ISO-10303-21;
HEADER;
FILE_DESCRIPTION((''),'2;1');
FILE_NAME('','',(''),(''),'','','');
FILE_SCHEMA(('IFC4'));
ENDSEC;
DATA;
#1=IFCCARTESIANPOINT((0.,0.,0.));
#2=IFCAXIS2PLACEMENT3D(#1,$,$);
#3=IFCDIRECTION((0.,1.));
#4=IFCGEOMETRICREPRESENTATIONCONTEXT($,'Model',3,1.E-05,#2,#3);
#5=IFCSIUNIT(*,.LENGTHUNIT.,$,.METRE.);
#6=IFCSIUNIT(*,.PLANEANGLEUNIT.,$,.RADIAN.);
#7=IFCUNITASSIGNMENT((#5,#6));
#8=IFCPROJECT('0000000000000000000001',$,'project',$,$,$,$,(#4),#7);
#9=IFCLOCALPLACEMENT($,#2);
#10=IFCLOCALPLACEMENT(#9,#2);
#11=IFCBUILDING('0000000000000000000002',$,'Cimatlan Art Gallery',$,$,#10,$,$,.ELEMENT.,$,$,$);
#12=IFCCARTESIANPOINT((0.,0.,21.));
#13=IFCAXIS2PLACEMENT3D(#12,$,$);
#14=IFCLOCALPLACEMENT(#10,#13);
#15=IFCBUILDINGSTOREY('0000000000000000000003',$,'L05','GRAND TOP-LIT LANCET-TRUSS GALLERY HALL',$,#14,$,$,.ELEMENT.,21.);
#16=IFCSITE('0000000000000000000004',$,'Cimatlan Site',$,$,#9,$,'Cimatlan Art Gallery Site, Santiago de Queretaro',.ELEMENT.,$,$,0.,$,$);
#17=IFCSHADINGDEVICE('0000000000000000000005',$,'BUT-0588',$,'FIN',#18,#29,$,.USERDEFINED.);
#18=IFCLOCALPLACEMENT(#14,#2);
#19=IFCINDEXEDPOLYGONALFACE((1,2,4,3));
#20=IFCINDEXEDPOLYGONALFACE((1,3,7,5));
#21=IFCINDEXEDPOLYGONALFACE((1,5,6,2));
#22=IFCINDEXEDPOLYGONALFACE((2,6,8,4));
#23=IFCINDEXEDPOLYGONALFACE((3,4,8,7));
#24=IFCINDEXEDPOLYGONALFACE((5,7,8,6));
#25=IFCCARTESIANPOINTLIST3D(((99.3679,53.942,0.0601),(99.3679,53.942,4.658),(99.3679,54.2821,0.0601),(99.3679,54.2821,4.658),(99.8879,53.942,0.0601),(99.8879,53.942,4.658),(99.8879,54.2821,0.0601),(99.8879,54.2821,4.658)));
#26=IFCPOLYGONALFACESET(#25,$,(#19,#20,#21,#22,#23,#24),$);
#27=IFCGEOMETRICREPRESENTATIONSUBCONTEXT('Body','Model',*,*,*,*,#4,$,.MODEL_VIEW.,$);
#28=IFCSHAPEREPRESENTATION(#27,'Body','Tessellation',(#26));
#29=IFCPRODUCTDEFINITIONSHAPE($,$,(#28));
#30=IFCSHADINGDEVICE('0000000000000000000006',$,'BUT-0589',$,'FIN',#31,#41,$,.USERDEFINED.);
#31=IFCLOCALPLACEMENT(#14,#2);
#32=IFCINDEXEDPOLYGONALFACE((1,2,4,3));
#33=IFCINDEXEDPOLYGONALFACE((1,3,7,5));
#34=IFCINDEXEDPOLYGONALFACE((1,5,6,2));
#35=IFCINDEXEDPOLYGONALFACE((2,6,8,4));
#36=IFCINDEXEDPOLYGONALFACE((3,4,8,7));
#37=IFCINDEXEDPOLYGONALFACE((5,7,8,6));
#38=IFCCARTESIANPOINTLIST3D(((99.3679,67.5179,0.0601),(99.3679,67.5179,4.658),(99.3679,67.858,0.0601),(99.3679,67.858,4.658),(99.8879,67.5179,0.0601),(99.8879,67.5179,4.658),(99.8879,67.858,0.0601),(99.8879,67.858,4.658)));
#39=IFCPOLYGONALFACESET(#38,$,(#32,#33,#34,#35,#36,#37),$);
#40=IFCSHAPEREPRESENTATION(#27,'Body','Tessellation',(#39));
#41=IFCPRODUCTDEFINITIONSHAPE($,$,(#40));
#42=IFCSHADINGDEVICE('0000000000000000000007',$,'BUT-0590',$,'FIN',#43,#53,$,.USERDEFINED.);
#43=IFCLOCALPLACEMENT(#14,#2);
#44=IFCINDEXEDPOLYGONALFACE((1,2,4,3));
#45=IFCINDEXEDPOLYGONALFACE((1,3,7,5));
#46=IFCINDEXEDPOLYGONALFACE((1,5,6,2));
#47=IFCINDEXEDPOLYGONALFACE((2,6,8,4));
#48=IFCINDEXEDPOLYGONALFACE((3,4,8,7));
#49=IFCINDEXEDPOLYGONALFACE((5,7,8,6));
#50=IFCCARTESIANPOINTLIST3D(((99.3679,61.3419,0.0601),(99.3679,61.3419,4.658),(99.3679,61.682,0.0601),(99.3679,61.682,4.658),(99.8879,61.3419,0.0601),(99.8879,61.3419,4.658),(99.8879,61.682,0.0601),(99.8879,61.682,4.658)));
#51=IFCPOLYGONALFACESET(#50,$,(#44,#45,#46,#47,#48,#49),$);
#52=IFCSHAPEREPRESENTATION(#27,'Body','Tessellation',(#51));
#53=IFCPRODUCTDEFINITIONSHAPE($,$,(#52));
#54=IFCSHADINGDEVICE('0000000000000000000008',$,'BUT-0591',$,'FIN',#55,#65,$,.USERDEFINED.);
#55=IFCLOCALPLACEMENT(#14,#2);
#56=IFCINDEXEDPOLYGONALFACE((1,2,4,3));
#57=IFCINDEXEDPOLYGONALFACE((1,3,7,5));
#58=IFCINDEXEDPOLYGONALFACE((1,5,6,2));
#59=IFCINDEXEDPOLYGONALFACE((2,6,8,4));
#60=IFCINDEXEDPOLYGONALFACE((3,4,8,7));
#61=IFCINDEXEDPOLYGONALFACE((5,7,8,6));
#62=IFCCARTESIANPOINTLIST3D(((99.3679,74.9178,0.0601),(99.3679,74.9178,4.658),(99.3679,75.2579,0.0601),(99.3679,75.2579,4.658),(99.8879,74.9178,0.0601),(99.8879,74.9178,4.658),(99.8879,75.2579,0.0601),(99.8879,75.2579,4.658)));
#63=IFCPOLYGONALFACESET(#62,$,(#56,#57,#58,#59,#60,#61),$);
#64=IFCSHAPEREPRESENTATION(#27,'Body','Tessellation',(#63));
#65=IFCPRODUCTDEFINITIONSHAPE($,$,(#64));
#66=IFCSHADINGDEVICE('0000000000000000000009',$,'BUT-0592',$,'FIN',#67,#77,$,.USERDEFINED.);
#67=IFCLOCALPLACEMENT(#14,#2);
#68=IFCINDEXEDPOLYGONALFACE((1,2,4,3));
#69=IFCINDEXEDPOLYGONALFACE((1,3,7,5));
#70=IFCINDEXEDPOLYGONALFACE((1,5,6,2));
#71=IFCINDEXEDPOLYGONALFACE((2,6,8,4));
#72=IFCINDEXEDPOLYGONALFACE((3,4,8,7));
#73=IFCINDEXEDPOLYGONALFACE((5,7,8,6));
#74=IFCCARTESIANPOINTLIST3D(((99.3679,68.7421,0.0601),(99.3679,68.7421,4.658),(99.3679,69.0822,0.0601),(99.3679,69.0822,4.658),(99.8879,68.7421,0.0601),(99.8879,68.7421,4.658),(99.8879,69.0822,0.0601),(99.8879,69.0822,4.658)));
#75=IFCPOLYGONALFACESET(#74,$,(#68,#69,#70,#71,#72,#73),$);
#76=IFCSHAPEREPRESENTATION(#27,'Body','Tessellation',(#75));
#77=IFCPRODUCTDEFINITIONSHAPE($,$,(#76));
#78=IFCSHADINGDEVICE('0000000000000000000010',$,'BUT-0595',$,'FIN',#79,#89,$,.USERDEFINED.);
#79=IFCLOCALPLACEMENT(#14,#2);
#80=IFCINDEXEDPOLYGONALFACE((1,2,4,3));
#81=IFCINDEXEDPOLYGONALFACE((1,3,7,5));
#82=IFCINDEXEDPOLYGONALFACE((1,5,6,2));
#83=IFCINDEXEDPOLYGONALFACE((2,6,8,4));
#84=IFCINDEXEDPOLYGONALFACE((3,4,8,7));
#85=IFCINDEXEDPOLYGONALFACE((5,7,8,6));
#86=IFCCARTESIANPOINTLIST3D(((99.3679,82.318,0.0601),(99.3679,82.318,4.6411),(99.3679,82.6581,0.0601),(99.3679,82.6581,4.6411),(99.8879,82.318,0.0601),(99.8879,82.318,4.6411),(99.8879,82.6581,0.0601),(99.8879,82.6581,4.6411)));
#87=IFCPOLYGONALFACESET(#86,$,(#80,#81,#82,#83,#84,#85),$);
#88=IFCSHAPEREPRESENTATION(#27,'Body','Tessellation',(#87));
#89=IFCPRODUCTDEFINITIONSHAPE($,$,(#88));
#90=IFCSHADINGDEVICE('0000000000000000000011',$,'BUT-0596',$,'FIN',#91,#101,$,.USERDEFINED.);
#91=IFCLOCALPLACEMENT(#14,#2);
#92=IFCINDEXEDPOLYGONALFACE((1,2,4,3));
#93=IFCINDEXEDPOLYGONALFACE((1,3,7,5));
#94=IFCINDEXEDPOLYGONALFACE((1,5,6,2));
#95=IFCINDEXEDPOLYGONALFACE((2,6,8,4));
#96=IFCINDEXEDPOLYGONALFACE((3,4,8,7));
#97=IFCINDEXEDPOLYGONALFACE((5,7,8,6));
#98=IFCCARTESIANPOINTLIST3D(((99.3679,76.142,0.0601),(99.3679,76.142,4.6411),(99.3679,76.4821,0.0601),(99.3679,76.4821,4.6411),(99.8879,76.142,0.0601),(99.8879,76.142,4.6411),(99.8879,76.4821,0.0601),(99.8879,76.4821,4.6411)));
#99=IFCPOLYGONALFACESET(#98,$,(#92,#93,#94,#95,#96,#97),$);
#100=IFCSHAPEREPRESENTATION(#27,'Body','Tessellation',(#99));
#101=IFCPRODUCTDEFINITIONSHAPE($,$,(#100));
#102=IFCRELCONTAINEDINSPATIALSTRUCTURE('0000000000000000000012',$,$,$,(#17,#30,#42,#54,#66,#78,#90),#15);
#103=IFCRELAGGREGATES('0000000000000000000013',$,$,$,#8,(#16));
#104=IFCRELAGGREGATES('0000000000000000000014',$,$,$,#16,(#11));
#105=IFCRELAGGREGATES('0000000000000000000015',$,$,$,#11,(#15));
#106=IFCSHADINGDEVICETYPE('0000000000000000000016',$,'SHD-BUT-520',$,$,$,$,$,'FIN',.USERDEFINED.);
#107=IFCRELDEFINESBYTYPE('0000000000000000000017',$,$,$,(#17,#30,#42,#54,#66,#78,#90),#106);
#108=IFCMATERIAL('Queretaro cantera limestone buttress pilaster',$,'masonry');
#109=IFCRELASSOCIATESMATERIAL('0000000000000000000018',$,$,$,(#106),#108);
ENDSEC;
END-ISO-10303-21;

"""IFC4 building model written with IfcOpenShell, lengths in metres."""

from ifc_helpers import new_model, si_unit, direction, frame, origin, origin_2d, place, context, subcontext, project, spatial, rectangle, extrude, material, type_object, element, save


model = new_model("IFC4")

# Units and contexts
model_context = context("Model", 3, precision=1e-05, world=origin(), true_north=direction((0.0, 1.0)))
body_context = subcontext(model_context, "Body", "Model", "MODEL_VIEW")
ifc_project = project(units=[si_unit("LENGTHUNIT", "METRE"), si_unit("PLANEANGLEUNIT", "RADIAN")], contexts=[model_context])

# Site, building, storey
site_placement = place(None, origin())
site = spatial("IfcSite", under=ifc_project, at=site_placement, Name="Cimatlan Site", LongName="Cimatlan Art Gallery Site, Santiago de Queretaro", CompositionType="ELEMENT", RefElevation=0.0)
building_placement = place(site_placement, origin())
building = spatial("IfcBuilding", under=site, at=building_placement, Name="Cimatlan Art Gallery", CompositionType="ELEMENT")
storey_placement = place(building_placement, frame((0.0, 0.0, 21.0)))
storey = spatial("IfcBuildingStorey", under=building, at=storey_placement, Name="L05", Description="GRAND TOP-LIT LANCET-TRUSS GALLERY HALL", CompositionType="ELEMENT", Elevation=21.0)

# Shading devices
ifc_material_1 = material(Name="Queretaro cantera limestone buttress pilaster", Category="masonry")
shading_device_type = type_object("IfcShadingDeviceType", Name="SHD-BUT-520", ElementType="FIN", PredefinedType="USERDEFINED", material=ifc_material_1)
for number, where, z_axis, x_axis, name in (
    (1, (99.6279, 54.1121, 0.0601), (0.0, 0.0, 1.0), (0.0, -1.0, 0.0), "BUT-0588"),
    (2, (99.6279, 67.688, 0.0601), (0.0, 0.0, 1.0), (0.0, -1.0, 0.0), "BUT-0589"),
    (3, (99.6279, 61.512, 0.0601), (0.0, 0.0, 1.0), (0.0, -1.0, 0.0), "BUT-0590"),
    (4, (99.6279, 75.0879, 0.0601), (0.0, 0.0, 1.0), (0.0, -1.0, 0.0), "BUT-0591"),
    (5, (99.6279, 68.9121, 0.0601), (0.0, 0.0, 1.0), (0.0, -1.0, 0.0), "BUT-0592"),
):
    element("IfcShadingDevice", number, at=place(storey_placement, frame(where, z_axis=z_axis, x_axis=x_axis)), inside=storey, type_object=shading_device_type, Name=name, ObjectType="FIN", PredefinedType="USERDEFINED", context=body_context, shape_type="SweptSolid", body=[
        extrude(rectangle(XDim=0.3401, YDim=0.52, at=origin_2d()), origin(), (0.0, 0.0, 1.0), 4.5979),
    ])
for number, where, z_axis, x_axis, name in (
    (6, (99.6279, 82.488, 0.0601), (0.0, 0.0, 1.0), (0.0, -1.0, 0.0), "BUT-0595"),
    (7, (99.6279, 76.312, 0.0601), (0.0, 0.0, 1.0), (0.0, -1.0, 0.0), "BUT-0596"),
):
    element("IfcShadingDevice", number, at=place(storey_placement, frame(where, z_axis=z_axis, x_axis=x_axis)), inside=storey, type_object=shading_device_type, Name=name, ObjectType="FIN", PredefinedType="USERDEFINED", context=body_context, shape_type="SweptSolid", body=[
        extrude(rectangle(XDim=0.3401, YDim=0.52, at=origin_2d()), origin(), (0.0, 0.0, 1.0), 4.5811),
    ])

save(model, "model.ifc")
